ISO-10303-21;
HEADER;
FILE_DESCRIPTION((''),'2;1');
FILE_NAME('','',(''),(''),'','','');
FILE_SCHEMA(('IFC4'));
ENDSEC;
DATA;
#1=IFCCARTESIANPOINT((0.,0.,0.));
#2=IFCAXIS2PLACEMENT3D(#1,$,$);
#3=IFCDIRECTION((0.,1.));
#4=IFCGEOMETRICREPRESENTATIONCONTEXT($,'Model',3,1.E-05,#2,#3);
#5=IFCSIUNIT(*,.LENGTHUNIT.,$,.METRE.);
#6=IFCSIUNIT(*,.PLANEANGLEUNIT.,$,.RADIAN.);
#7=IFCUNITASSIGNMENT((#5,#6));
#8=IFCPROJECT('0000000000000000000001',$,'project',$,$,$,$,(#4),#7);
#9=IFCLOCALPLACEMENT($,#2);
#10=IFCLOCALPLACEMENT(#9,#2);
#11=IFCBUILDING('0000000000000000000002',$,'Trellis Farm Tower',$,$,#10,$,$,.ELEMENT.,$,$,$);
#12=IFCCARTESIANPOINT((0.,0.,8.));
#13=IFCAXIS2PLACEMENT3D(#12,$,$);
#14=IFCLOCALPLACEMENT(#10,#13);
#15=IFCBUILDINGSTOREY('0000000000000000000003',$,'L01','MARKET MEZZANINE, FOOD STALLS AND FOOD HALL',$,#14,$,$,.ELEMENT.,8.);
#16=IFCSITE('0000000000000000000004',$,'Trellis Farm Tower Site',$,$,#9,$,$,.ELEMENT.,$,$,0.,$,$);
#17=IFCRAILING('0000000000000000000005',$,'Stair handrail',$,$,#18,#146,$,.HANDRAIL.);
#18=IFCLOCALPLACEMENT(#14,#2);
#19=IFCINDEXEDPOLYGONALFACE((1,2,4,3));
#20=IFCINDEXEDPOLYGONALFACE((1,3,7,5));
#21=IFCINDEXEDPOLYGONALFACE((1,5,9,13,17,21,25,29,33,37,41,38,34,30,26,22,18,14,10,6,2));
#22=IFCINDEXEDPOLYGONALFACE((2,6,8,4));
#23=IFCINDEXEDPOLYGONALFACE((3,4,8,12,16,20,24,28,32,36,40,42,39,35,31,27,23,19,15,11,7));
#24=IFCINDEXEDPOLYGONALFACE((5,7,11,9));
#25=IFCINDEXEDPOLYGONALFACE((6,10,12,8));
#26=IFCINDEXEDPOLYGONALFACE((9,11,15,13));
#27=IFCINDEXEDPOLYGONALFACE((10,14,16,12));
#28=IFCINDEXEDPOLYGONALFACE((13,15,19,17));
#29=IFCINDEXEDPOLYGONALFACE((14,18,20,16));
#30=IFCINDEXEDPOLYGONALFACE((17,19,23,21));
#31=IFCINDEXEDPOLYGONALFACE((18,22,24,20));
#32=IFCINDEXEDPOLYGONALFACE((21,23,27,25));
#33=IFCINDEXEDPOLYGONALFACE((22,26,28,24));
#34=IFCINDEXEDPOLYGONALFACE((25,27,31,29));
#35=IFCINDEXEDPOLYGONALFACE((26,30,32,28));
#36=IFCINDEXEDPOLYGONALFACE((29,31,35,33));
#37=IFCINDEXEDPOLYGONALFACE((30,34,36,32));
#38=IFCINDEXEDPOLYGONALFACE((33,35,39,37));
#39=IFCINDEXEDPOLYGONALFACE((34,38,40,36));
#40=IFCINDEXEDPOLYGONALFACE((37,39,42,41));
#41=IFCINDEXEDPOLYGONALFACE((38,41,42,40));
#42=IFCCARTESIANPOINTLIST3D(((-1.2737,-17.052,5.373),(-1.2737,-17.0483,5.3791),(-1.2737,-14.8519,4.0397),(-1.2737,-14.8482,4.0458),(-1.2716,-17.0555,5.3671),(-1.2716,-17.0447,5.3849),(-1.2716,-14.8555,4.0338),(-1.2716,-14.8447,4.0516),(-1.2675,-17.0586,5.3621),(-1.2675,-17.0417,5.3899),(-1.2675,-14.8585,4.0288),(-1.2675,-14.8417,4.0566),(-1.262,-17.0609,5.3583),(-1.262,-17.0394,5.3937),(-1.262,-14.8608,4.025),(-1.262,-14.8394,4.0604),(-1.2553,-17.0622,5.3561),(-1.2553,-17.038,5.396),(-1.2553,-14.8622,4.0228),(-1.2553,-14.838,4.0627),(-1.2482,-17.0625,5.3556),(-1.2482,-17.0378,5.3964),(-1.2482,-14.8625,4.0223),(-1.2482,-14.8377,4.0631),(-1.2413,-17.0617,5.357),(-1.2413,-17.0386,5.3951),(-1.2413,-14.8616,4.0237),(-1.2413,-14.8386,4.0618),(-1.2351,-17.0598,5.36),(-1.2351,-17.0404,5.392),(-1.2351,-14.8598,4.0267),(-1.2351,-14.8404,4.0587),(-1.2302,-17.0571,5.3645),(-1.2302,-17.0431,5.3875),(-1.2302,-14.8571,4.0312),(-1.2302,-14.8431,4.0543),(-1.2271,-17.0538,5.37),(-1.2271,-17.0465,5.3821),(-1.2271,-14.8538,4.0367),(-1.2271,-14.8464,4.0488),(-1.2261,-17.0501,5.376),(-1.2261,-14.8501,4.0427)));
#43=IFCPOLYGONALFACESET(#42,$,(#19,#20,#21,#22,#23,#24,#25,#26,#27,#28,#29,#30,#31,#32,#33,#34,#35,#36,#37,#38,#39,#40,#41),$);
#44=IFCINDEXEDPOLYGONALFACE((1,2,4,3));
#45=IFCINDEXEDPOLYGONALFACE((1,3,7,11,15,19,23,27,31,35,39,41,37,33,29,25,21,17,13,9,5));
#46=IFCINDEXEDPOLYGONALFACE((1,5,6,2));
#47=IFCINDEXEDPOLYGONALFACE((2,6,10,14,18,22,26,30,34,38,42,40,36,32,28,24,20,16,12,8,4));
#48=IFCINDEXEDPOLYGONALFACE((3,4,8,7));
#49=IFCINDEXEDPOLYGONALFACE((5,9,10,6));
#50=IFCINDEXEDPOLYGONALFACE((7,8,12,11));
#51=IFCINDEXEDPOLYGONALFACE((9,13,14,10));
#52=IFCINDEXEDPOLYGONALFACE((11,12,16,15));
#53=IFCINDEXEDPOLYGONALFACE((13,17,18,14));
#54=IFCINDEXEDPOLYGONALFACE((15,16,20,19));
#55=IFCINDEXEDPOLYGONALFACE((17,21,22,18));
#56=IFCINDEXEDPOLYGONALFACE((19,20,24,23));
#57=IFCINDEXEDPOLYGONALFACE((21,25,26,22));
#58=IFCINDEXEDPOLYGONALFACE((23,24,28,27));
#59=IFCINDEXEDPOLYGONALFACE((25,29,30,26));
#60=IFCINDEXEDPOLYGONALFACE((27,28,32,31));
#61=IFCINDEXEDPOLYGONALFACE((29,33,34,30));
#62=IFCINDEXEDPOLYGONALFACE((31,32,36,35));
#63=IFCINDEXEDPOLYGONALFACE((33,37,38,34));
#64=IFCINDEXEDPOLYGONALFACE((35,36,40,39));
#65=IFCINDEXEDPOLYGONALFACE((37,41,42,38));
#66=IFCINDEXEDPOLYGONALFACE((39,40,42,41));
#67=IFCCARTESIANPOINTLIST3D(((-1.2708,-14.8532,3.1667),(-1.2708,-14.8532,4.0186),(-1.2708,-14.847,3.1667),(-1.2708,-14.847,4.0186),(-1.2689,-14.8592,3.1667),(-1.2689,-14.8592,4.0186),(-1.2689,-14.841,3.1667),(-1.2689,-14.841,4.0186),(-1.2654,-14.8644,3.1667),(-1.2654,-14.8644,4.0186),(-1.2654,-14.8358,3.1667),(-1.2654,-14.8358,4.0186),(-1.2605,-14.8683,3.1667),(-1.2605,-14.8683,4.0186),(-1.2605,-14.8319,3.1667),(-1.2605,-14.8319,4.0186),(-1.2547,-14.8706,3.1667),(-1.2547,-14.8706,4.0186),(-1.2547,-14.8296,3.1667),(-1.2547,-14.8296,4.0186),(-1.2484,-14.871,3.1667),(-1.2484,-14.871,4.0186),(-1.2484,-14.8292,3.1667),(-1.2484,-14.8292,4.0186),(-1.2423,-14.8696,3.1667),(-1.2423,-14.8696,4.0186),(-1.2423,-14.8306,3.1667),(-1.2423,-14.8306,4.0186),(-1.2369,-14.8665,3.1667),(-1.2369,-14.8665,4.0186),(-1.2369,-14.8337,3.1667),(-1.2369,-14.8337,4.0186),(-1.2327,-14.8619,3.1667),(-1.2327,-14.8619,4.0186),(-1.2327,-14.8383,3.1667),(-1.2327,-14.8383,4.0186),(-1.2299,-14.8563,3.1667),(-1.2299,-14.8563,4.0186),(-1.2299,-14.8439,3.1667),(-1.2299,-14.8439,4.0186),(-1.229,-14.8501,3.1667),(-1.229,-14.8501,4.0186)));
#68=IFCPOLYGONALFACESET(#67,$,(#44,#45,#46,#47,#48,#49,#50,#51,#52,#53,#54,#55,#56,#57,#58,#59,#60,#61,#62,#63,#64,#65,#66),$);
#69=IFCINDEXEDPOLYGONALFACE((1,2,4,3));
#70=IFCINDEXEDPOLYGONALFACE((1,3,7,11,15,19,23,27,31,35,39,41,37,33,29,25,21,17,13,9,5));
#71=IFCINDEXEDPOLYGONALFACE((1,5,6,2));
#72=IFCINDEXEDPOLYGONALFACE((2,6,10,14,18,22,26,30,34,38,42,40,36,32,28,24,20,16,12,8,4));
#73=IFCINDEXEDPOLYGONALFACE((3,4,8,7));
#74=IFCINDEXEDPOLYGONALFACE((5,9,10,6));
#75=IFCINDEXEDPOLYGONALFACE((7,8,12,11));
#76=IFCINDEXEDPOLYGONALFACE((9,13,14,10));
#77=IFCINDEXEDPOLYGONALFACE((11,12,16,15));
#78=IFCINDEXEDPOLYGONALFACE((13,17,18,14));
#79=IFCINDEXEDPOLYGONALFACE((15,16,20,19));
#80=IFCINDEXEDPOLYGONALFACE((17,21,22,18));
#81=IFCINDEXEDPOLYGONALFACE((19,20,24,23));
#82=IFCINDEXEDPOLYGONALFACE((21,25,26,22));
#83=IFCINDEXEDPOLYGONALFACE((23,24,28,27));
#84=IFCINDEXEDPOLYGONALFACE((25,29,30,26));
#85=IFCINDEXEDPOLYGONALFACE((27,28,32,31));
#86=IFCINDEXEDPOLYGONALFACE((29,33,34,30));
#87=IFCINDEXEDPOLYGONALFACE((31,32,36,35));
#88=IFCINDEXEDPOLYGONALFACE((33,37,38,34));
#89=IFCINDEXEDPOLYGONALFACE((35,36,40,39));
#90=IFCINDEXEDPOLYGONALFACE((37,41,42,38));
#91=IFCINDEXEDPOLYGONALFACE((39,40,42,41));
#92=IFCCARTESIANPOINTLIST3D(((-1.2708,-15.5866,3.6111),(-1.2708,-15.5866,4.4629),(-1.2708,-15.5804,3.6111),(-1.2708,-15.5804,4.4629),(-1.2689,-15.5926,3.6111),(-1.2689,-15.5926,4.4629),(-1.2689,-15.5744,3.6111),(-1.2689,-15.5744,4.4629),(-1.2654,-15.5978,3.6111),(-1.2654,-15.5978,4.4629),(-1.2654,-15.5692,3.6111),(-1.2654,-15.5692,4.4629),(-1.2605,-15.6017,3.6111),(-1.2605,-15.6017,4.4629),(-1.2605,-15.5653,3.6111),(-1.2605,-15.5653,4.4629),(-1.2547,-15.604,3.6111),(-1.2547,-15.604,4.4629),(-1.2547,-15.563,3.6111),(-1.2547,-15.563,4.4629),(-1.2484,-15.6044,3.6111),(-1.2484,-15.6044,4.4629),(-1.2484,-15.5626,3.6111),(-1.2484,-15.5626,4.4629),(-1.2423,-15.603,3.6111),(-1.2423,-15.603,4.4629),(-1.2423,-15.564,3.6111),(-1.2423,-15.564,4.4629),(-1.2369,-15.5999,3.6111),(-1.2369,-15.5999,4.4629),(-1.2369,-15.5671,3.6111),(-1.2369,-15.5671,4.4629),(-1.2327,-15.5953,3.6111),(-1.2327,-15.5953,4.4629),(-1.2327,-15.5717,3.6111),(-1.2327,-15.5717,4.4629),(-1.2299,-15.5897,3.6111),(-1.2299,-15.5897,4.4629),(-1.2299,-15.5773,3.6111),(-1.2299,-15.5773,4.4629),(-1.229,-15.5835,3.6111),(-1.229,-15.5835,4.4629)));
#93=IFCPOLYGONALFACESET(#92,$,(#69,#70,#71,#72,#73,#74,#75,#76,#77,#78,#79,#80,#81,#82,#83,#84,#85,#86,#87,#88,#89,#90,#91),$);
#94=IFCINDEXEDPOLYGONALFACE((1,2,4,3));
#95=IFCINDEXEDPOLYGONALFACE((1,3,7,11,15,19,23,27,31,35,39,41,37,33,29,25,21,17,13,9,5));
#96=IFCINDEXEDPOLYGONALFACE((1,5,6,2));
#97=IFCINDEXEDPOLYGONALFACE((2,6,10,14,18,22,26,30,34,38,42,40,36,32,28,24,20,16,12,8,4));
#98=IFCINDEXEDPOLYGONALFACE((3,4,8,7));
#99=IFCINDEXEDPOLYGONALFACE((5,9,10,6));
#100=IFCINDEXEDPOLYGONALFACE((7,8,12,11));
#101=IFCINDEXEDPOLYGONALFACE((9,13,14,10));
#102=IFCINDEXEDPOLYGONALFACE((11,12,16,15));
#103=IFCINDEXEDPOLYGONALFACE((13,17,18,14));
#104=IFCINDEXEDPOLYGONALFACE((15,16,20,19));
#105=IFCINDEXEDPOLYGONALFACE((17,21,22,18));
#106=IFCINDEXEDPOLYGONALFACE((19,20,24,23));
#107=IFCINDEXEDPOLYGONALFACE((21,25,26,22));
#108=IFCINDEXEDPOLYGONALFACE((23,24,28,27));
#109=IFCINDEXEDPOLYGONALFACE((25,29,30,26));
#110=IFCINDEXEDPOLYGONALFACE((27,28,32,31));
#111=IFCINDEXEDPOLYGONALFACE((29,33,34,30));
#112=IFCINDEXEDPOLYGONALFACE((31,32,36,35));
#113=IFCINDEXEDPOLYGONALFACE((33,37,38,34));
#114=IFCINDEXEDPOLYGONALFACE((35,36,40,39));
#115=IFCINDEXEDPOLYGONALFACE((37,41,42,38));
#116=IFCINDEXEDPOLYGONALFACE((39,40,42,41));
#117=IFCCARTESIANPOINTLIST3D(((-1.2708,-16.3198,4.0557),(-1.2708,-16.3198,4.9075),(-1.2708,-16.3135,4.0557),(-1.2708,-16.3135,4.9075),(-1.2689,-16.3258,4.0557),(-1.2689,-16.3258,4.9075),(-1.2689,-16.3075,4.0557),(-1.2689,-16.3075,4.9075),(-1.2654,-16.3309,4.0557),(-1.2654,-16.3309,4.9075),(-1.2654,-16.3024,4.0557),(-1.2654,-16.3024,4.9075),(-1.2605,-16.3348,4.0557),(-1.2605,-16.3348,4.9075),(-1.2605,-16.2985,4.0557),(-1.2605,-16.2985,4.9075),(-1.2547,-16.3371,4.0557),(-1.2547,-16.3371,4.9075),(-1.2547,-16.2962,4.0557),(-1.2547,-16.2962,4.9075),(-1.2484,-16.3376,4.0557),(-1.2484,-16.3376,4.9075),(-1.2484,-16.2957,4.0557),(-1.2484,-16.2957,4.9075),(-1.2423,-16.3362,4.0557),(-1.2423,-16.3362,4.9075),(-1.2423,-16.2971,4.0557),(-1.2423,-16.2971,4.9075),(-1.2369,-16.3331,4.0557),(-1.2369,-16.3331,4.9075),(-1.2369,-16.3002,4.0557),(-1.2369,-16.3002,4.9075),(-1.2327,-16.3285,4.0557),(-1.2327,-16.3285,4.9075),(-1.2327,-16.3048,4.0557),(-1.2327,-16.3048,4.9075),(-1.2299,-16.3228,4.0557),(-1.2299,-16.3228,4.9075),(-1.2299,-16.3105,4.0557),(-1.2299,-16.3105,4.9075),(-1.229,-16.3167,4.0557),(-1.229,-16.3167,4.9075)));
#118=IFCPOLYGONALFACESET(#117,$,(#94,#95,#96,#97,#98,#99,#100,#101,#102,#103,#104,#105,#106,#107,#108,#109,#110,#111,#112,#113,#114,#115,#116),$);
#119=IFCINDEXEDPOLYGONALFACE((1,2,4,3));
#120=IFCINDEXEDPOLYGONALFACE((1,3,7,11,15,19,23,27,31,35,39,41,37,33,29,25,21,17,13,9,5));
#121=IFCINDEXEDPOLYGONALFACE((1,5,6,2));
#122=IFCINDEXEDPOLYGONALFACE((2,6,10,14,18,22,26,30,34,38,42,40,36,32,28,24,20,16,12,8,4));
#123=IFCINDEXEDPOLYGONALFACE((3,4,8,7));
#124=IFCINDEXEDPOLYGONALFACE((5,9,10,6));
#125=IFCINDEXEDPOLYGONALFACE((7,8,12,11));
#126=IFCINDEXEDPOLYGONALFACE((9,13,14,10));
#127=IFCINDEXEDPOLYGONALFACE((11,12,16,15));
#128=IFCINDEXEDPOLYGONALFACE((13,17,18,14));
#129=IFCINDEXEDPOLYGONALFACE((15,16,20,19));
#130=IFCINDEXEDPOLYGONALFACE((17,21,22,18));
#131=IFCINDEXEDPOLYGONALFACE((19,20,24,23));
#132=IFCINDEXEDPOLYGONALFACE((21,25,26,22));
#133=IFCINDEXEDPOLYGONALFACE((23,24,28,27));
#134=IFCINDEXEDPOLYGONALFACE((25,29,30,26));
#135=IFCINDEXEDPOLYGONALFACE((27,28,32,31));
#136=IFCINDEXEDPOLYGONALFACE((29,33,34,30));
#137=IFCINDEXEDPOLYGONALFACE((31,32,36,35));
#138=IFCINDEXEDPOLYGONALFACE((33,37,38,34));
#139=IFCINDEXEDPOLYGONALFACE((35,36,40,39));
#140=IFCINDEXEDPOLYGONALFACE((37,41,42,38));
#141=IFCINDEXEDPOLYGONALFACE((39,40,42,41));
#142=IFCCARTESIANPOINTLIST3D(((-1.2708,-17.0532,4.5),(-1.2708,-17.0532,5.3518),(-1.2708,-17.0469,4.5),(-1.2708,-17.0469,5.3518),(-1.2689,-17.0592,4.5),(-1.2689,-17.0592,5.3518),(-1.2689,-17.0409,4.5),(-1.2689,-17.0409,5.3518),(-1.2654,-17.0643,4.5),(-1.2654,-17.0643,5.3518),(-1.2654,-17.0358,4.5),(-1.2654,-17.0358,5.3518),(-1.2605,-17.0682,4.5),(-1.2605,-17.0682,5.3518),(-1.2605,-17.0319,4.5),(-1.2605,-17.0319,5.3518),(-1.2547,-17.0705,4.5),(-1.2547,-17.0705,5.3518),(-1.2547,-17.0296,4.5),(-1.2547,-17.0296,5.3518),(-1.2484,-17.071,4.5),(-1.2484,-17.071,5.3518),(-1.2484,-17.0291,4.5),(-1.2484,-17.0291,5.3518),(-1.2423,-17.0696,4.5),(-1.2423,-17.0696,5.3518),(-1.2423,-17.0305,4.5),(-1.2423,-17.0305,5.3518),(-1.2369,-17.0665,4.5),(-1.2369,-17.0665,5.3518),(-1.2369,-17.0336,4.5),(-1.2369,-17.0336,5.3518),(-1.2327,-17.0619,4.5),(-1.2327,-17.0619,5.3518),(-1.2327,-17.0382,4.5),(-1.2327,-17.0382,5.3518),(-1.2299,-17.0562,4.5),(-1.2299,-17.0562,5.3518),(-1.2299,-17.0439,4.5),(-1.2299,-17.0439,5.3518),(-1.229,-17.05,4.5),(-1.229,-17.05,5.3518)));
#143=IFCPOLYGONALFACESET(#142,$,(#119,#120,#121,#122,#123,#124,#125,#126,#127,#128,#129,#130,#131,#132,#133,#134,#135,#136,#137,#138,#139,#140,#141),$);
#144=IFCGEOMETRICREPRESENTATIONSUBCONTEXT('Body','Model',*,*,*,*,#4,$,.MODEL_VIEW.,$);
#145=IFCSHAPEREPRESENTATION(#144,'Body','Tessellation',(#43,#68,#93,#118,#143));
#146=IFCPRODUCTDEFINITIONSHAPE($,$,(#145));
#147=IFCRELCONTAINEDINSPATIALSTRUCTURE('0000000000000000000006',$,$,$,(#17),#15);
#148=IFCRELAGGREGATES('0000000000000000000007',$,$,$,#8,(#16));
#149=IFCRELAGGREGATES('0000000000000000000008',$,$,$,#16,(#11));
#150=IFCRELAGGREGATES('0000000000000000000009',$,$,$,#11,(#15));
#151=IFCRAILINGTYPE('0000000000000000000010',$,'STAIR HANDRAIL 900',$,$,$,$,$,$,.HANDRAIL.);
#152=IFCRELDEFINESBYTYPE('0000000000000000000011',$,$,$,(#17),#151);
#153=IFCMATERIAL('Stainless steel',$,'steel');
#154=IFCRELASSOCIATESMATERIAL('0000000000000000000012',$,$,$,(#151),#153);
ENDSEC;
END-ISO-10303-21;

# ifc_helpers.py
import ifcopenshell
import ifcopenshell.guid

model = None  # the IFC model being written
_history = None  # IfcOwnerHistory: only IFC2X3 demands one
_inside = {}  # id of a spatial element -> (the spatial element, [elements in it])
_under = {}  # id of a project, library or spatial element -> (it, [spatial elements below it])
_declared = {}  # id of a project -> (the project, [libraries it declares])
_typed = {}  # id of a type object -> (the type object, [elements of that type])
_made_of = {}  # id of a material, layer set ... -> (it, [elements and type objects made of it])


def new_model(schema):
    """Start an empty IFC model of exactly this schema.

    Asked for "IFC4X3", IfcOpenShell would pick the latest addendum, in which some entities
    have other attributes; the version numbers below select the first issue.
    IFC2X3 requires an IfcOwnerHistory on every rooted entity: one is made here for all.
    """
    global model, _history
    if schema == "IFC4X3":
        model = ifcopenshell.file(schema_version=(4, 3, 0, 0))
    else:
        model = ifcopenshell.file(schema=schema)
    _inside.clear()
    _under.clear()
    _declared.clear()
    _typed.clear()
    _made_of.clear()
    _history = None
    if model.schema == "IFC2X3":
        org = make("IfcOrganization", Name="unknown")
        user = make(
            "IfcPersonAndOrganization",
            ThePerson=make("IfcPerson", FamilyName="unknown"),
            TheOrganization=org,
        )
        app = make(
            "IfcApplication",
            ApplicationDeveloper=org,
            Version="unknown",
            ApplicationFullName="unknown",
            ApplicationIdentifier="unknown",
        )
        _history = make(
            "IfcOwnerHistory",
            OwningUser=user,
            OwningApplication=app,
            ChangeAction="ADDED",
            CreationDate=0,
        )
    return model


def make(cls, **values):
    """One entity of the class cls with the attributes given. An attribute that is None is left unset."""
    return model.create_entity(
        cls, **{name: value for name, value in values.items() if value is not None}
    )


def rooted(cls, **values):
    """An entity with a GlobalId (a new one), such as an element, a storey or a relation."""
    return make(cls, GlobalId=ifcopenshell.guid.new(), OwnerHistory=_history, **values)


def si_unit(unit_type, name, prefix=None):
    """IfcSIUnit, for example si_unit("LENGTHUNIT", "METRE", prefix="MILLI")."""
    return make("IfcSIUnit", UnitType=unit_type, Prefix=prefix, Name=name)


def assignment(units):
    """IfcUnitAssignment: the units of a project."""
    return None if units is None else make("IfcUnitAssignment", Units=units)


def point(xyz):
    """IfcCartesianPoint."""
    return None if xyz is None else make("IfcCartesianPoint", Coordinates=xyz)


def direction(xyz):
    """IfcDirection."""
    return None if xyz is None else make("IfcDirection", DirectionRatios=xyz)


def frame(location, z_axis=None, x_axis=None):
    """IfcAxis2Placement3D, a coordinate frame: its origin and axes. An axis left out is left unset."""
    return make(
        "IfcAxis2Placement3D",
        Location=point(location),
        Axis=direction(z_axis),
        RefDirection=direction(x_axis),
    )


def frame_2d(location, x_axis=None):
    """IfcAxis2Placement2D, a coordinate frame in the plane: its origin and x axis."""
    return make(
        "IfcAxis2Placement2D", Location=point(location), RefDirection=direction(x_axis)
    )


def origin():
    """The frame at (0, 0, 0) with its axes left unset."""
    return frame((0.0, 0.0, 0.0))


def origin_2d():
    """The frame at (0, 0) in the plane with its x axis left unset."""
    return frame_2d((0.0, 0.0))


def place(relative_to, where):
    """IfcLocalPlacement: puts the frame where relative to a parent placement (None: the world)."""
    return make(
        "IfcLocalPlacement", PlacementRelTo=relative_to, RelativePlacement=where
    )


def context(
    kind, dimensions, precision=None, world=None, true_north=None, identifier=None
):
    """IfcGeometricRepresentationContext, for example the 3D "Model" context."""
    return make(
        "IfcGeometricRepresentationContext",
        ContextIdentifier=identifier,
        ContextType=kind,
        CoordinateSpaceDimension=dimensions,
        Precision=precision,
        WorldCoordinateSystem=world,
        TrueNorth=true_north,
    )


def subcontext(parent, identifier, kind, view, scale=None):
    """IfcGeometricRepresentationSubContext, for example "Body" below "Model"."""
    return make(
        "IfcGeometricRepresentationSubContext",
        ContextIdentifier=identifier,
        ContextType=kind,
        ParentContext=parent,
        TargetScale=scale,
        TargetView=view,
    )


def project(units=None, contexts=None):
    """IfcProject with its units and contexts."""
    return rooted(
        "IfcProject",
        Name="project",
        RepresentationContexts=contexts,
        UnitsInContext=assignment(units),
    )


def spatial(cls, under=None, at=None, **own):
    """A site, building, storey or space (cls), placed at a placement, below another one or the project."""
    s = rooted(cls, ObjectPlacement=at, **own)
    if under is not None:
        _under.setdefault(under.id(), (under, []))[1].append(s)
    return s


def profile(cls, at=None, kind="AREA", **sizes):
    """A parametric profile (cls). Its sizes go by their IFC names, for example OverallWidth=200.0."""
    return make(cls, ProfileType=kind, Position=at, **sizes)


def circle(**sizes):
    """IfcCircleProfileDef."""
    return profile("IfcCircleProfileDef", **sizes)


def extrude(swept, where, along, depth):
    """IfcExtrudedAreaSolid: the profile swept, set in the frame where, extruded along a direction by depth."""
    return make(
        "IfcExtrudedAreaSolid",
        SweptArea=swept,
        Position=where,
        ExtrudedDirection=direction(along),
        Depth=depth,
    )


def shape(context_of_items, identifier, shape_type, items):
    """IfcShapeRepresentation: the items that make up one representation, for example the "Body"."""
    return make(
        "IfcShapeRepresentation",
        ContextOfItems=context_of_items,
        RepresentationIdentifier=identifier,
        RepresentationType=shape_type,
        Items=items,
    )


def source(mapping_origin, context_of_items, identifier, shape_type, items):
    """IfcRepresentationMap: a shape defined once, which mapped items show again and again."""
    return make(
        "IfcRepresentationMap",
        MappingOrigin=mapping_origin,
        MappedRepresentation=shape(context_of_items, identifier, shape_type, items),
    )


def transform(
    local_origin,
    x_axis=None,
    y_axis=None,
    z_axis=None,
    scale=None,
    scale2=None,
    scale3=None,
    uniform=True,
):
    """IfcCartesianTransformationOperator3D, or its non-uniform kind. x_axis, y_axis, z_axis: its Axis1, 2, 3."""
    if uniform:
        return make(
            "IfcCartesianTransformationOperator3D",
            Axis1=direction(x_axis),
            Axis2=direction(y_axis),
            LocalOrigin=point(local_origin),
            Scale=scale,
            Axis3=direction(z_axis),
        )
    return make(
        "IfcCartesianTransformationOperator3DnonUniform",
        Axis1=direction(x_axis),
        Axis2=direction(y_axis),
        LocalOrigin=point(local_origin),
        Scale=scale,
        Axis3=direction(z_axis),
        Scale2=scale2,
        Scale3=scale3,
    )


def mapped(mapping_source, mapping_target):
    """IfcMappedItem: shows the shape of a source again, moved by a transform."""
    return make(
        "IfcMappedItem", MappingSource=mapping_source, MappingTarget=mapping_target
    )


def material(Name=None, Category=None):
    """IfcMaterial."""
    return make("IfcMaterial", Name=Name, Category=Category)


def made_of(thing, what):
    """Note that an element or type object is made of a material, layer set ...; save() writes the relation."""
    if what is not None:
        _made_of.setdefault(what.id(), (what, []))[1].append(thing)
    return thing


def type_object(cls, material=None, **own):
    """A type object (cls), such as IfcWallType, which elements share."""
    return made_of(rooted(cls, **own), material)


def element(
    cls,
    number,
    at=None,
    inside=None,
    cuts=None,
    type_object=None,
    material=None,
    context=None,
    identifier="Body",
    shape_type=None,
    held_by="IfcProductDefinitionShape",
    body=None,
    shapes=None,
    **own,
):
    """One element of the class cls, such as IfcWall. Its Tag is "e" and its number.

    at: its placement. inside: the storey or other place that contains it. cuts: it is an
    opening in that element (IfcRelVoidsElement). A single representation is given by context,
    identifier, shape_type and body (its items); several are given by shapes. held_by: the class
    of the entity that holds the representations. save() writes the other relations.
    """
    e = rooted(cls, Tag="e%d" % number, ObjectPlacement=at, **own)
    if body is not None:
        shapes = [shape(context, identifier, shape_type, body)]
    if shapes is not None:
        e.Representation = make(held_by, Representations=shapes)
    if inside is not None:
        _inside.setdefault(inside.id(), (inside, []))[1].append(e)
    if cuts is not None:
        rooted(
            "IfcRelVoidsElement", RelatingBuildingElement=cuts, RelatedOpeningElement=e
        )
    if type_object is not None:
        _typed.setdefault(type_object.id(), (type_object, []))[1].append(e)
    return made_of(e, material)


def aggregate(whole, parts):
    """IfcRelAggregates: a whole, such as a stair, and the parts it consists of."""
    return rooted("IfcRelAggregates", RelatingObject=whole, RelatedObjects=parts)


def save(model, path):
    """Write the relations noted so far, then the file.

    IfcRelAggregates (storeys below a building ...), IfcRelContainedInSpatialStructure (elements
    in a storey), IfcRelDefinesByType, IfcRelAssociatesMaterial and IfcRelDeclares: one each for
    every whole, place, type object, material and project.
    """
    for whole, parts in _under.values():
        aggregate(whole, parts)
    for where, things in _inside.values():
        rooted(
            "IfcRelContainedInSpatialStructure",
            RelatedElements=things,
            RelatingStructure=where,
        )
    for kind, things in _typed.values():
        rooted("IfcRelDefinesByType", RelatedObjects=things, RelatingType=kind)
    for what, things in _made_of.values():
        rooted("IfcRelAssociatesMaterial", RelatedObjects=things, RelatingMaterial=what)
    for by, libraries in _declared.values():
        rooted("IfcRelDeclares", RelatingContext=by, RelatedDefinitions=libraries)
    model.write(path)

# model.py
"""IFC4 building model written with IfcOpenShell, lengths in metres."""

from ifc_helpers import new_model, si_unit, direction, frame, origin, origin_2d, place, context, subcontext, project, spatial, circle, extrude, source, transform, mapped, material, type_object, element, save


model = new_model("IFC4")

# Units and contexts
model_context = context("Model", 3, precision=1e-05, world=origin(), true_north=direction((0.0, 1.0)))
body_context = subcontext(model_context, "Body", "Model", "MODEL_VIEW")
ifc_project = project(units=[si_unit("LENGTHUNIT", "METRE"), si_unit("PLANEANGLEUNIT", "RADIAN")], contexts=[model_context])

# Site, building, storey
site_placement = place(None, origin())
site = spatial("IfcSite", under=ifc_project, at=site_placement, Name="Trellis Farm Tower Site", CompositionType="ELEMENT", RefElevation=0.0)
building_placement = place(site_placement, origin())
building = spatial("IfcBuilding", under=site, at=building_placement, Name="Trellis Farm Tower", CompositionType="ELEMENT")
storey_placement = place(building_placement, frame((0.0, 0.0, 8.0)))
storey = spatial("IfcBuildingStorey", under=building, at=storey_placement, Name="L01", Description="MARKET MEZZANINE, FOOD STALLS AND FOOD HALL", CompositionType="ELEMENT", Elevation=8.0)

# Railing
ifc_material_1 = material(Name="Stainless steel", Category="steel")
railing_type = type_object("IfcRailingType", Name="STAIR HANDRAIL 900", PredefinedType="HANDRAIL", material=ifc_material_1)
shared_shape_1 = source(origin(), body_context, "Body", "SweptSolid", [
    extrude(circle(Radius=0.0239, at=origin_2d()), frame((0.0, 0.0, 0.876), z_axis=(0.0, -0.855207, 0.518287), x_axis=(1.0, 0.0, 0.0)), (0.0, 0.0, 1.0), 2.5725),
    extrude(circle(Radius=0.021, at=origin_2d()), origin(), (0.0, 0.0, 1.0), 0.8518),
    extrude(circle(Radius=0.021, at=origin_2d()), frame((0.0, -0.7334, 0.4443)), (0.0, 0.0, 1.0), 0.8518),
    extrude(circle(Radius=0.021, at=origin_2d()), frame((0.0, -1.4666, 0.8889)), (0.0, 0.0, 1.0), 0.8518),
    extrude(circle(Radius=0.021, at=origin_2d()), frame((0.0, -2.2, 1.3333)), (0.0, 0.0, 1.0), 0.8518),
])
for number, where, name in (
    (1, (-1.25, -14.8501, 3.1667), "Stair handrail"),
):
    element("IfcRailing", number, at=place(storey_placement, frame(where)), inside=storey, type_object=railing_type, Name=name, PredefinedType="HANDRAIL", context=body_context, shape_type="MappedRepresentation", body=[
        mapped(shared_shape_1, transform((0.0, 0.0, 0.0))),
    ])

save(model, "model.ifc")
